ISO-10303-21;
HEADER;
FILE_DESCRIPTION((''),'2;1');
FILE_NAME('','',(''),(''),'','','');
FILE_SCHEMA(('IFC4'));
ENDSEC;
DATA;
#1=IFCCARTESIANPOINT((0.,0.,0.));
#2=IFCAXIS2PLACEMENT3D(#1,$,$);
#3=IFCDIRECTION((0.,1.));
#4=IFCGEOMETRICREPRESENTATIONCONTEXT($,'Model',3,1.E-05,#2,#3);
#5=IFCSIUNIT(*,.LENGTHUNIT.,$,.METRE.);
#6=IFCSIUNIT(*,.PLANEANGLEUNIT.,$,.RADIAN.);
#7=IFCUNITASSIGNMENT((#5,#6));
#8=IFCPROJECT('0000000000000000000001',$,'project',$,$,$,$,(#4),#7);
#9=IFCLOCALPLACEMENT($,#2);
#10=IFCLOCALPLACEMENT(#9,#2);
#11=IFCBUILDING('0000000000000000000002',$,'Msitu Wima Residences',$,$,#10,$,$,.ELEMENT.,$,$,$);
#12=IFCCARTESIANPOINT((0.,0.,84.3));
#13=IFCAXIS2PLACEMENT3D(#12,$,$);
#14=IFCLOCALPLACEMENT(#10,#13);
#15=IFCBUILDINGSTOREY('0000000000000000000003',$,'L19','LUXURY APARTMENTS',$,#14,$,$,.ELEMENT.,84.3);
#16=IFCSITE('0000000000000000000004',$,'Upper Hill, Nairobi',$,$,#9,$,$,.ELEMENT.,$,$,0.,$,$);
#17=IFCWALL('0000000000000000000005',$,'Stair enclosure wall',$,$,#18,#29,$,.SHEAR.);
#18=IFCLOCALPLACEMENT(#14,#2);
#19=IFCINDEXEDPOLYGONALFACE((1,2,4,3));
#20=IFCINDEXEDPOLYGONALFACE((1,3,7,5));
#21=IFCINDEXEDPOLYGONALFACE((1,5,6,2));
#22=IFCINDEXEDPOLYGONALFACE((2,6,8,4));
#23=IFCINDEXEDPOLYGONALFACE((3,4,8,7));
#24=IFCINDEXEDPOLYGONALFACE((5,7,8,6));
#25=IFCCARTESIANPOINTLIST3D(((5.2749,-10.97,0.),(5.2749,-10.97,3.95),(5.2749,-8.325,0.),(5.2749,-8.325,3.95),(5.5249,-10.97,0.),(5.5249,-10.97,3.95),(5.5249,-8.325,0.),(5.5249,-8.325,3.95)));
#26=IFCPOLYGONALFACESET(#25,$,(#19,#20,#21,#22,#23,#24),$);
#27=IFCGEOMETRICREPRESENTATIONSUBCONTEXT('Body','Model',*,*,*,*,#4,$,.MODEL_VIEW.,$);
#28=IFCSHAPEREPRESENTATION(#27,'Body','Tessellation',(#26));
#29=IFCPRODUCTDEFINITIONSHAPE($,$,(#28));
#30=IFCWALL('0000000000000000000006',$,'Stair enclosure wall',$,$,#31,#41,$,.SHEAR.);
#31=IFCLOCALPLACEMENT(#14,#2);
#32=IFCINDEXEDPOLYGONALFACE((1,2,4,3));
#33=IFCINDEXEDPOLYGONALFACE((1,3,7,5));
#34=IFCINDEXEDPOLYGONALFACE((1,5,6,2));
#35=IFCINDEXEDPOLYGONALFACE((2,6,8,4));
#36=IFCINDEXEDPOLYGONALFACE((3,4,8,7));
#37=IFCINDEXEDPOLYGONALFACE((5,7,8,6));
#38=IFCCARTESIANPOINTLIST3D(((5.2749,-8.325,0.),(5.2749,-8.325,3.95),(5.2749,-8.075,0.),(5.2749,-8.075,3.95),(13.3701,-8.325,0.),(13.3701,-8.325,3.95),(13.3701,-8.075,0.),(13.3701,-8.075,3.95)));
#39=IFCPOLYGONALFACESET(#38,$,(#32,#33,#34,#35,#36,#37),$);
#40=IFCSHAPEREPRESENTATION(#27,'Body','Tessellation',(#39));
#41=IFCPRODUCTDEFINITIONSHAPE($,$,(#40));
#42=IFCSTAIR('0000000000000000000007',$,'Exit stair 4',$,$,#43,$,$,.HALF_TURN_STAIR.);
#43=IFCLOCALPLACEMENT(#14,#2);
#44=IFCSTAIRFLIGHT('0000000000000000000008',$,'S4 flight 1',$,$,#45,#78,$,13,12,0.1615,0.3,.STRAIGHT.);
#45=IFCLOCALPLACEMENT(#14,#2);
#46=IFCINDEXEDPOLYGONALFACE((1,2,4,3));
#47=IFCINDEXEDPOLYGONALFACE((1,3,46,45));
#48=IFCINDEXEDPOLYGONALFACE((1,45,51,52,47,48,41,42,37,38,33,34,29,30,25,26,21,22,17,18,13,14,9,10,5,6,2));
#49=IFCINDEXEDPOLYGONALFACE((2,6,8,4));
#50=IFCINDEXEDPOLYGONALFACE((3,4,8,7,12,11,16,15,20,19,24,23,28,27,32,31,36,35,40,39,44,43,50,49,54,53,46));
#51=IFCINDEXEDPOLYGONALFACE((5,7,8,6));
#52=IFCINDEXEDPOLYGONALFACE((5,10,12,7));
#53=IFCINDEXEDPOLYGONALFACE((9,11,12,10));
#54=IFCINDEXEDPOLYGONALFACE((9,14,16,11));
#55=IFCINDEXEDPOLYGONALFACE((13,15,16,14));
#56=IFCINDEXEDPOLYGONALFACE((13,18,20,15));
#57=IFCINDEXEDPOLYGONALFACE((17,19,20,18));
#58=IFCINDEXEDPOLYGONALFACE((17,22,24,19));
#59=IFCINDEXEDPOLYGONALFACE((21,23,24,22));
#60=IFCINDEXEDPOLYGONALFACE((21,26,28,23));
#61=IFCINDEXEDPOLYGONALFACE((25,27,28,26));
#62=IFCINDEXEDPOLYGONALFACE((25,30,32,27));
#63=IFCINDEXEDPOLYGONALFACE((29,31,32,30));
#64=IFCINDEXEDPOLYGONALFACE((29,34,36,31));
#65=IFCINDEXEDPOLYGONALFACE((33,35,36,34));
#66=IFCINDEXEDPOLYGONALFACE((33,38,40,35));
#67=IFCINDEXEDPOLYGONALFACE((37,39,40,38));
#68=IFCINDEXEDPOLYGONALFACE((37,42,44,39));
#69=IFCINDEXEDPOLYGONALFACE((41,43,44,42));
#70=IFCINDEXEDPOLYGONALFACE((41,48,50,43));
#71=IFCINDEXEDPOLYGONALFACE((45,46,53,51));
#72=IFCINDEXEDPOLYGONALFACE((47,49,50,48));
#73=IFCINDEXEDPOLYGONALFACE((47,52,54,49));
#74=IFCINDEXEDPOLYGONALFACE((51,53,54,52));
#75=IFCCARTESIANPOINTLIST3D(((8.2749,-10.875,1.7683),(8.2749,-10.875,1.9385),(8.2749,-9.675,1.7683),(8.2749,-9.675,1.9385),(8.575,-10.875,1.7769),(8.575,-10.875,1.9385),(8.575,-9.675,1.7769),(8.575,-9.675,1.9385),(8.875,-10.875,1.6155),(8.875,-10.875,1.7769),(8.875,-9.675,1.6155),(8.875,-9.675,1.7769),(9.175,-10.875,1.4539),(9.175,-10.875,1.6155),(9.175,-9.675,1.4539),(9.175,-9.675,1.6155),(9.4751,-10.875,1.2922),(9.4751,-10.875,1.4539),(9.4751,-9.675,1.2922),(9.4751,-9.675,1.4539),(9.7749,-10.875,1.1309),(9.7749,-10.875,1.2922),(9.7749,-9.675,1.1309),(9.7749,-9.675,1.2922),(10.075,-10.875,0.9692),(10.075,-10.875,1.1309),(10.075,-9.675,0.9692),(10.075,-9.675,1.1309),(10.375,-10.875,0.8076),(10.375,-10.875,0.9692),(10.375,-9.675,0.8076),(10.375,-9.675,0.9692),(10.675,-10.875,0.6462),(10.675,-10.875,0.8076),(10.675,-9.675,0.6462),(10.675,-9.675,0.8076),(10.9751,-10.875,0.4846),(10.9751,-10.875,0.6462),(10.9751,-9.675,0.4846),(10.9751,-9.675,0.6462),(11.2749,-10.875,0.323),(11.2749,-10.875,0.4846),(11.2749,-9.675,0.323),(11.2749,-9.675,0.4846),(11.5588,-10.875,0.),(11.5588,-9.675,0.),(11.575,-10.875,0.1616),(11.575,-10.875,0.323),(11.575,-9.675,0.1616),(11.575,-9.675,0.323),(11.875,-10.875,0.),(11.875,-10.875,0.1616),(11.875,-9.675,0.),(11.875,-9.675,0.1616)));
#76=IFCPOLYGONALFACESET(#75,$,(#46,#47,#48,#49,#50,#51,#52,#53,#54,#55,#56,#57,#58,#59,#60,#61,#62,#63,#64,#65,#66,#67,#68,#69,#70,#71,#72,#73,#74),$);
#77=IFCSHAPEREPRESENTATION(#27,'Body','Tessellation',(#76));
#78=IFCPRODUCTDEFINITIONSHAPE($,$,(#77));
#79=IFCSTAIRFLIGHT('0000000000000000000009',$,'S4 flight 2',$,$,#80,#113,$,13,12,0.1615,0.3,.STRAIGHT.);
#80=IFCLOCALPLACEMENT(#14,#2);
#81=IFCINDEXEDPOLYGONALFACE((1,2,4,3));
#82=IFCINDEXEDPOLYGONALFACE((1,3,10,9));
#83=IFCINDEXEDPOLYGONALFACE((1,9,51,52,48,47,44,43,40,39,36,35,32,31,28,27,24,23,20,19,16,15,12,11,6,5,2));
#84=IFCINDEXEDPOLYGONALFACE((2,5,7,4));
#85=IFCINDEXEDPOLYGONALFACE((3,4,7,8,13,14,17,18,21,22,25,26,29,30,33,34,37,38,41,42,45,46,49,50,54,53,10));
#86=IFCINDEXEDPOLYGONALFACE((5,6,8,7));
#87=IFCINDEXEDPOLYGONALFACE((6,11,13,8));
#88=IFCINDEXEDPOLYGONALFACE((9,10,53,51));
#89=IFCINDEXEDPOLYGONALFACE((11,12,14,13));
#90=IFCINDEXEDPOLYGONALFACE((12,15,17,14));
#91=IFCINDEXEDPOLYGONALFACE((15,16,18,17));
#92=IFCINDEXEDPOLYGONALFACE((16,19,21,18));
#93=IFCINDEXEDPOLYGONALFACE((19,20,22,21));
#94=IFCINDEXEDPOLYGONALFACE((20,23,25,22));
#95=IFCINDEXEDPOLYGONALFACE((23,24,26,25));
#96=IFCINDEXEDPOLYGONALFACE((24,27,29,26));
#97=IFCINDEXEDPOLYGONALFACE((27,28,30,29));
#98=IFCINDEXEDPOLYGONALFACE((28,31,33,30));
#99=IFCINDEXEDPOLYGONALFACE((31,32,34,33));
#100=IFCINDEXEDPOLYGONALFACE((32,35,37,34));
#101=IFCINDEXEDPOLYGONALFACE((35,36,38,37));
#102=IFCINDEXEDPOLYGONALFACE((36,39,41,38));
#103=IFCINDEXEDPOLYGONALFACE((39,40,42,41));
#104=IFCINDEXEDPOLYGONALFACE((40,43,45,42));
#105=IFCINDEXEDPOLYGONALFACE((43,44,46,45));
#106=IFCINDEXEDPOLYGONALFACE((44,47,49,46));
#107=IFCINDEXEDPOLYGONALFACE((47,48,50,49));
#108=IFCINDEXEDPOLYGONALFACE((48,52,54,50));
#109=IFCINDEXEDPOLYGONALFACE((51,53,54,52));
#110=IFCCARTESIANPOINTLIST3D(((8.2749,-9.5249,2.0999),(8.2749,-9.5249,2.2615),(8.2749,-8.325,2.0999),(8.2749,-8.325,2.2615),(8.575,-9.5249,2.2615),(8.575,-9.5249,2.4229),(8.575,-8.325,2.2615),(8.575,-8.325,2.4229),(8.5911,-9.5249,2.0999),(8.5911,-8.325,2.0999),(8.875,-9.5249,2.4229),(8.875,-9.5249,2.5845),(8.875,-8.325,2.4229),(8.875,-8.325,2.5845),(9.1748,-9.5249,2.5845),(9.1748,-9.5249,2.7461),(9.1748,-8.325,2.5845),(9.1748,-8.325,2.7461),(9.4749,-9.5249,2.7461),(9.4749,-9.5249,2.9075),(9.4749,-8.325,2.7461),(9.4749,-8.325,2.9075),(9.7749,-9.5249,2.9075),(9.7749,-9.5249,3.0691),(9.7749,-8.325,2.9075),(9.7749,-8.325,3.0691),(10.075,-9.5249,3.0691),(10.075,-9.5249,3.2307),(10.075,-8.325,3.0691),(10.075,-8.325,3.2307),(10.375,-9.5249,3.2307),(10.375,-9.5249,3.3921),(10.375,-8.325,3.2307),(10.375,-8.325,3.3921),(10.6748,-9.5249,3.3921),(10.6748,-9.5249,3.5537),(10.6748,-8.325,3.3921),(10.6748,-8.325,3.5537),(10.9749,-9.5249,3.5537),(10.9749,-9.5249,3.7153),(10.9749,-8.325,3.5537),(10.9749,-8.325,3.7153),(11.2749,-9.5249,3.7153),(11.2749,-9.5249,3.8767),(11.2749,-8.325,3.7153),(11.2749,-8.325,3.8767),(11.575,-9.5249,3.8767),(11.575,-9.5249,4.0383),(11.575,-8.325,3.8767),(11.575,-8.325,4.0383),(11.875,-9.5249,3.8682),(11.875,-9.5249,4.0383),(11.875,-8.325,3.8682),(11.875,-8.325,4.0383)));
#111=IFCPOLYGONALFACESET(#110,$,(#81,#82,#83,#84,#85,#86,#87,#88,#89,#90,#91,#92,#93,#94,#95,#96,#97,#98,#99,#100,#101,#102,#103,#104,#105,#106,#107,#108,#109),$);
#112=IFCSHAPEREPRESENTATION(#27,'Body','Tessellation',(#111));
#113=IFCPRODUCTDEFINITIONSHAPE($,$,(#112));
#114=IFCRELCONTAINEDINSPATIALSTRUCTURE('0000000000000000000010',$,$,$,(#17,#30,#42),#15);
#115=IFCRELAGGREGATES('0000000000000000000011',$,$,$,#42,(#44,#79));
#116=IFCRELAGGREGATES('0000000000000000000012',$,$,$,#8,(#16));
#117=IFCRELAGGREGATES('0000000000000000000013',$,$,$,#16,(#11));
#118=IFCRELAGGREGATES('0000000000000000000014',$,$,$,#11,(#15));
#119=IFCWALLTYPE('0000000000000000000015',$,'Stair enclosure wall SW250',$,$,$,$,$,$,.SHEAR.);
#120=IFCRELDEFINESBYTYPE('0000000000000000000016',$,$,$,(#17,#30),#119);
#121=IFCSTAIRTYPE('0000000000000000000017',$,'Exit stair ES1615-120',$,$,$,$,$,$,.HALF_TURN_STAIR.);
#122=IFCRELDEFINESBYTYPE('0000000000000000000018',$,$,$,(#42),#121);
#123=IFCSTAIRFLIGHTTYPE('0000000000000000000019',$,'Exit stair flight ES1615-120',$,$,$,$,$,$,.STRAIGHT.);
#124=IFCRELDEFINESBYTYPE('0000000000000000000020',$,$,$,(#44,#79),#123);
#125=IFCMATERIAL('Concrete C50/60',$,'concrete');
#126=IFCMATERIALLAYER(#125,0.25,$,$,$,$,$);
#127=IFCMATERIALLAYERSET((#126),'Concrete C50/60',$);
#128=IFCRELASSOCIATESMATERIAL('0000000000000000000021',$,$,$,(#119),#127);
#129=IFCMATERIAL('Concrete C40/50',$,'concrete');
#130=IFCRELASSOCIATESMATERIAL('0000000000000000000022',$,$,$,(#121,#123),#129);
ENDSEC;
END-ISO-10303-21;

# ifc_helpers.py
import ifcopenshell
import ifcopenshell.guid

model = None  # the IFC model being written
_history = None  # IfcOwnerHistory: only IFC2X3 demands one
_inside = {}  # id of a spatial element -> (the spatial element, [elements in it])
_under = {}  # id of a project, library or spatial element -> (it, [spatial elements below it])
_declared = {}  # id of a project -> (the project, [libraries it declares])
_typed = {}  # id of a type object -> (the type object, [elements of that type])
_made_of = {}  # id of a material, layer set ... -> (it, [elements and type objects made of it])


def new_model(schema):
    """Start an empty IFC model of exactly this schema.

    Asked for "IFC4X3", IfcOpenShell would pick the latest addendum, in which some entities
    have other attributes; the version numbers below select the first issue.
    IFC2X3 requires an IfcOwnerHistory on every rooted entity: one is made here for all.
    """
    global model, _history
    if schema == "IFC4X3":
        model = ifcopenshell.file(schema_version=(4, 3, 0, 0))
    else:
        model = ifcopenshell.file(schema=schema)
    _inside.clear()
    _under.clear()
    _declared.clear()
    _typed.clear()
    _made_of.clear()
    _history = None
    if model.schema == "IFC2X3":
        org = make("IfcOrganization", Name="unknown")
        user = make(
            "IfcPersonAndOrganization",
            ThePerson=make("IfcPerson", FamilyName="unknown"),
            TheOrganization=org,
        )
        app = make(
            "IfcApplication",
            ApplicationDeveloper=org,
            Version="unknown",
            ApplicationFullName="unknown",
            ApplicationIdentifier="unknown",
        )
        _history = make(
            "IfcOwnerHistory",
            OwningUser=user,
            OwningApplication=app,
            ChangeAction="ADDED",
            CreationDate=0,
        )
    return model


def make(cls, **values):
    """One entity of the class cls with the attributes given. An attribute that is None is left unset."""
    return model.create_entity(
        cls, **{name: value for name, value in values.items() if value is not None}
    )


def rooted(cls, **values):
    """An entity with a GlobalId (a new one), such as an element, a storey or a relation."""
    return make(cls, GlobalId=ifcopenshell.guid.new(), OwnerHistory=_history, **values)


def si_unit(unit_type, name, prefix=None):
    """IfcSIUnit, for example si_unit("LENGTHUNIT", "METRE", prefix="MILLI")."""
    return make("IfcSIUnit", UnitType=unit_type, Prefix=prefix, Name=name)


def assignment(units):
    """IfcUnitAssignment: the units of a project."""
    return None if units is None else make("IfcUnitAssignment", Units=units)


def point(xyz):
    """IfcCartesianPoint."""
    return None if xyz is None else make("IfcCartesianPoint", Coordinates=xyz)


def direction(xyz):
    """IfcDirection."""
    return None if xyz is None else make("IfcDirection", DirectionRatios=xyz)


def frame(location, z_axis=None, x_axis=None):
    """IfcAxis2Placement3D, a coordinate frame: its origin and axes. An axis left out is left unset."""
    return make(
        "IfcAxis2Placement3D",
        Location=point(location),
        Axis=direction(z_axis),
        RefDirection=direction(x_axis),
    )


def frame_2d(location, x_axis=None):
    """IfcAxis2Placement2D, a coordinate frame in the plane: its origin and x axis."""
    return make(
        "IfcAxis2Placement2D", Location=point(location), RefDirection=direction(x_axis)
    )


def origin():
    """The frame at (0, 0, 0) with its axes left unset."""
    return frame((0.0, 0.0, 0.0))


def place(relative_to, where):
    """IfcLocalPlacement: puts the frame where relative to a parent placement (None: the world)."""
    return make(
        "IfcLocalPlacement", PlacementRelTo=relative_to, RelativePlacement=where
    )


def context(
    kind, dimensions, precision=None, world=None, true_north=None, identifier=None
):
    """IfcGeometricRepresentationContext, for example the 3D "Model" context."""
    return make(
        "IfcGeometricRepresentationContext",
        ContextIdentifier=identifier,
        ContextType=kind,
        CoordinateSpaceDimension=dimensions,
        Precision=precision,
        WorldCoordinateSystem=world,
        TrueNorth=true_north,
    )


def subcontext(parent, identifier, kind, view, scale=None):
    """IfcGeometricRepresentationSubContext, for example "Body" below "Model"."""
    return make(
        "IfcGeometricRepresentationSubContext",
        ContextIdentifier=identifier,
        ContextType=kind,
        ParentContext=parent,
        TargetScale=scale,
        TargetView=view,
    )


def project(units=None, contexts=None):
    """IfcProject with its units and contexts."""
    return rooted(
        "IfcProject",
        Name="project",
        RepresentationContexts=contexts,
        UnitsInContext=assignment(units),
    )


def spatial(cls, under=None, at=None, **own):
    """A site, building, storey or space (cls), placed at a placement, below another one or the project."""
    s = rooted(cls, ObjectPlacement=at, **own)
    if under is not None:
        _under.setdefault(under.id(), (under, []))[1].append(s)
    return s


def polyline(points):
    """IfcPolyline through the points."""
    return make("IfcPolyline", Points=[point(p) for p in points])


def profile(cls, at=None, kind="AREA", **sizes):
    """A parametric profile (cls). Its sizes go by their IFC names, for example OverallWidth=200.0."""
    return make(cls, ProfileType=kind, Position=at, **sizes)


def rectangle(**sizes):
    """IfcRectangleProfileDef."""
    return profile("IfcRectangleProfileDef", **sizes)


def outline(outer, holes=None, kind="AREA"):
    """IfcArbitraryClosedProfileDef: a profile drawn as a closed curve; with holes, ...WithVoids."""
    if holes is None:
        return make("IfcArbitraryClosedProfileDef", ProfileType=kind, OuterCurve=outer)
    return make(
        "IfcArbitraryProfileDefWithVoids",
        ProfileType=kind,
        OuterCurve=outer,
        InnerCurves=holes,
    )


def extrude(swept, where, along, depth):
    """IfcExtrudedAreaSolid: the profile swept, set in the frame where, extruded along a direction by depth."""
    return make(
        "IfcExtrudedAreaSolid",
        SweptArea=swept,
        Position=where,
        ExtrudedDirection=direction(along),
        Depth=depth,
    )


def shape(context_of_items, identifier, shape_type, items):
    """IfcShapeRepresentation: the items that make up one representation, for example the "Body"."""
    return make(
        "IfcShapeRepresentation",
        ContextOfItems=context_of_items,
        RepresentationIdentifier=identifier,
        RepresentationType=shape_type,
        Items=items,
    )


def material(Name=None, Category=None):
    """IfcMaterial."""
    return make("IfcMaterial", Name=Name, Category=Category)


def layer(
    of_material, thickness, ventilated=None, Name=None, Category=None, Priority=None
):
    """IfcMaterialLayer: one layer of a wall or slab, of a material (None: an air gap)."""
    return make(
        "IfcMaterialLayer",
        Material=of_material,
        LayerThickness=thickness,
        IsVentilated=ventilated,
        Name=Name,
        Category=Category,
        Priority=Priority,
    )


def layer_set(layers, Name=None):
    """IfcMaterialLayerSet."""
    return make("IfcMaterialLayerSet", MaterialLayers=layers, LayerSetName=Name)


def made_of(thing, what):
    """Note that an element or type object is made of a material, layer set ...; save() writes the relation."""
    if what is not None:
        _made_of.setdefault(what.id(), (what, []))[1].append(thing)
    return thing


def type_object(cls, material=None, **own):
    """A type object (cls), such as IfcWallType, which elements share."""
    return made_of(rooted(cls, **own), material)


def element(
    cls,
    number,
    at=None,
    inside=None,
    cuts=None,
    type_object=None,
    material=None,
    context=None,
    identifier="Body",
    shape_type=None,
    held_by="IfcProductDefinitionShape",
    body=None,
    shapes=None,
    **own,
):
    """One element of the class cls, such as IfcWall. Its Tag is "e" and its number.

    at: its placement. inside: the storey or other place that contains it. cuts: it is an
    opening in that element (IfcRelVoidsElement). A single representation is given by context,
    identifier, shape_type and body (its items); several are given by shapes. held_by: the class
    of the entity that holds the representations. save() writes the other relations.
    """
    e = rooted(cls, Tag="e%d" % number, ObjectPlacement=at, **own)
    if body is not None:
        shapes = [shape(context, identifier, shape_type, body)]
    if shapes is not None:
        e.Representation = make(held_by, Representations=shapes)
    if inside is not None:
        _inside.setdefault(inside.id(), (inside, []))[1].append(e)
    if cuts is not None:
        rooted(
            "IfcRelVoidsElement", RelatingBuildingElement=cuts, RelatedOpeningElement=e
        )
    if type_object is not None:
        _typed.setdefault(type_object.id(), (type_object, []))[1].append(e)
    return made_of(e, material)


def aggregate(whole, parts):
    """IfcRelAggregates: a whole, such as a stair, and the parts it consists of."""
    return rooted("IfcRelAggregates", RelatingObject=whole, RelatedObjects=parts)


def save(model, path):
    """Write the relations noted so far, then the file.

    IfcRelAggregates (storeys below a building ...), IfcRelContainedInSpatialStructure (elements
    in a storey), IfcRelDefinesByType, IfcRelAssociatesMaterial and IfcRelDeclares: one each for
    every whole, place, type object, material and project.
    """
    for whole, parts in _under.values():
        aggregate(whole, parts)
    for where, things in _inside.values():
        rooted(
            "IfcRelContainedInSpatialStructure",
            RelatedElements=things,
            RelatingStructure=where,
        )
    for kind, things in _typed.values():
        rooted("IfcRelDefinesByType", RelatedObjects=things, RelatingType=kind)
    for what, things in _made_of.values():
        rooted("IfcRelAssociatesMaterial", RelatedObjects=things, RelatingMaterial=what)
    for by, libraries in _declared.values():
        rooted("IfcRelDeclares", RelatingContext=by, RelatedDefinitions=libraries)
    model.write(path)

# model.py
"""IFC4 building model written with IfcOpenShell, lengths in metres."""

from ifc_helpers import new_model, si_unit, direction, frame, frame_2d, origin, place, context, subcontext, project, spatial, polyline, rectangle, outline, extrude, material, layer, layer_set, type_object, element, aggregate, save


model = new_model("IFC4")

# Units and contexts
model_context = context("Model", 3, precision=1e-05, world=origin(), true_north=direction((0.0, 1.0)))
body_context = subcontext(model_context, "Body", "Model", "MODEL_VIEW")
ifc_project = project(units=[si_unit("LENGTHUNIT", "METRE"), si_unit("PLANEANGLEUNIT", "RADIAN")], contexts=[model_context])

# Site, building, storey
site_placement = place(None, origin())
site = spatial("IfcSite", under=ifc_project, at=site_placement, Name="Upper Hill, Nairobi", CompositionType="ELEMENT", RefElevation=0.0)
building_placement = place(site_placement, origin())
building = spatial("IfcBuilding", under=site, at=building_placement, Name="Msitu Wima Residences", CompositionType="ELEMENT")
storey_placement = place(building_placement, frame((0.0, 0.0, 84.3)))
storey = spatial("IfcBuildingStorey", under=building, at=storey_placement, Name="L19", Description="LUXURY APARTMENTS", CompositionType="ELEMENT", Elevation=84.3)

# Shared definitions
ifc_material_1 = material(Name="Concrete C40/50", Category="concrete")

# Walls
ifc_material_2 = material(Name="Concrete C50/60", Category="concrete")
ifc_layer_1 = layer(ifc_material_2, 0.25)
ifc_layer_set_1 = layer_set([ifc_layer_1], Name="Concrete C50/60")
wall_type_1 = type_object("IfcWallType", Name="Stair enclosure wall SW250", PredefinedType="SHEAR", material=ifc_layer_set_1)
wall_1_placement = place(storey_placement, frame((5.3999, -10.97, 0.0), z_axis=(0.0, 0.0, 1.0), x_axis=(0.0, 1.0, 0.0)))
element("IfcWall", 1, at=wall_1_placement, inside=storey, type_object=wall_type_1, Name="Stair enclosure wall", PredefinedType="SHEAR", context=body_context, shape_type="SweptSolid", body=[
    extrude(rectangle(XDim=2.645, YDim=0.25, at=frame_2d((1.3225, 0.0))), origin(), (0.0, 0.0, 1.0), 3.95),
])
wall_2_placement = place(storey_placement, frame((5.2749, -8.2, 0.0), z_axis=(0.0, 0.0, 1.0), x_axis=(1.0, 0.0, 0.0)))
element("IfcWall", 2, at=wall_2_placement, inside=storey, type_object=wall_type_1, Name="Stair enclosure wall", PredefinedType="SHEAR", context=body_context, shape_type="SweptSolid", body=[
    extrude(rectangle(XDim=8.0952, YDim=0.25, at=frame_2d((4.0476, 0.0))), origin(), (0.0, 0.0, 1.0), 3.95),
])

# Stair, stair flights
stair_type = type_object("IfcStairType", Name="Exit stair ES1615-120", PredefinedType="HALF_TURN_STAIR", material=ifc_material_1)
stair_placement = place(storey_placement, origin())
stair = element("IfcStair", 3, at=stair_placement, inside=storey, type_object=stair_type, Name="Exit stair 4", PredefinedType="HALF_TURN_STAIR")
stair_flight_type = type_object("IfcStairFlightType", Name="Exit stair flight ES1615-120", PredefinedType="STRAIGHT", material=ifc_material_1)
stair_flight_1_placement = place(storey_placement, frame((11.875, -10.2749, 0.0), z_axis=(0.0, 0.0, 1.0), x_axis=(-1.0, 0.0, 0.0)))
stair_flight_1 = element("IfcStairFlight", 4, at=stair_flight_1_placement, type_object=stair_flight_type, Name="S4 flight 1", NumberOfRisers=13, NumberOfTreads=12, PredefinedType="STRAIGHT", RiserHeight=0.1615, TreadLength=0.3, context=body_context, shape_type="SweptSolid", body=[
    extrude(outline(polyline([(0.0, 0.0), (0.0, 0.1616), (0.3, 0.1616), (0.3, 0.323), (0.6001, 0.323), (0.6001, 0.4846), (0.8999, 0.4846), (0.8999, 0.6462), (1.2, 0.6462), (1.2, 0.8076), (1.5, 0.8076), (1.5, 0.9692), (1.8, 0.9692), (1.8, 1.1309), (2.1001, 1.1309), (2.1001, 1.2922), (2.3999, 1.2922), (2.3999, 1.4539), (2.7, 1.4539), (2.7, 1.6155), (3.0, 1.6155), (3.0, 1.7769), (3.3, 1.7769), (3.3, 1.9385), (3.6001, 1.9385), (3.6001, 2.1001), (3.6001, 1.7683), (0.3162, 0.0), (0.0, 0.0)])), frame((0.0, 0.6001, 0.0), z_axis=(0.0, -1.0, 0.0), x_axis=(1.0, 0.0, 0.0)), (0.0, 0.0, 1.0), 1.2),
])
stair_flight_2_placement = place(storey_placement, frame((8.2749, -8.925, 2.0999), z_axis=(0.0, 0.0, 1.0), x_axis=(1.0, 0.0, 0.0)))
stair_flight_2 = element("IfcStairFlight", 5, at=stair_flight_2_placement, type_object=stair_flight_type, Name="S4 flight 2", NumberOfRisers=13, NumberOfTreads=12, PredefinedType="STRAIGHT", RiserHeight=0.1615, TreadLength=0.3, context=body_context, shape_type="SweptSolid", body=[
    extrude(outline(polyline([(0.0, 0.0), (0.0, 0.1616), (0.3, 0.1616), (0.3, 0.323), (0.6001, 0.323), (0.6001, 0.4846), (0.8999, 0.4846), (0.8999, 0.6462), (1.2, 0.6462), (1.2, 0.8076), (1.5, 0.8076), (1.5, 0.9692), (1.8, 0.9692), (1.8, 1.1309), (2.1001, 1.1309), (2.1001, 1.2922), (2.3999, 1.2922), (2.3999, 1.4539), (2.7, 1.4539), (2.7, 1.6155), (3.0, 1.6155), (3.0, 1.7769), (3.3, 1.7769), (3.3, 1.9385), (3.6001, 1.9385), (3.6001, 2.1001), (3.6001, 1.7683), (0.3162, 0.0), (0.0, 0.0)])), frame((0.0, 0.6001, 0.0), z_axis=(0.0, -1.0, 0.0), x_axis=(1.0, 0.0, 0.0)), (0.0, 0.0, 1.0), 1.2),
])
aggregate(stair, [stair_flight_1, stair_flight_2])

save(model, "model.ifc")
